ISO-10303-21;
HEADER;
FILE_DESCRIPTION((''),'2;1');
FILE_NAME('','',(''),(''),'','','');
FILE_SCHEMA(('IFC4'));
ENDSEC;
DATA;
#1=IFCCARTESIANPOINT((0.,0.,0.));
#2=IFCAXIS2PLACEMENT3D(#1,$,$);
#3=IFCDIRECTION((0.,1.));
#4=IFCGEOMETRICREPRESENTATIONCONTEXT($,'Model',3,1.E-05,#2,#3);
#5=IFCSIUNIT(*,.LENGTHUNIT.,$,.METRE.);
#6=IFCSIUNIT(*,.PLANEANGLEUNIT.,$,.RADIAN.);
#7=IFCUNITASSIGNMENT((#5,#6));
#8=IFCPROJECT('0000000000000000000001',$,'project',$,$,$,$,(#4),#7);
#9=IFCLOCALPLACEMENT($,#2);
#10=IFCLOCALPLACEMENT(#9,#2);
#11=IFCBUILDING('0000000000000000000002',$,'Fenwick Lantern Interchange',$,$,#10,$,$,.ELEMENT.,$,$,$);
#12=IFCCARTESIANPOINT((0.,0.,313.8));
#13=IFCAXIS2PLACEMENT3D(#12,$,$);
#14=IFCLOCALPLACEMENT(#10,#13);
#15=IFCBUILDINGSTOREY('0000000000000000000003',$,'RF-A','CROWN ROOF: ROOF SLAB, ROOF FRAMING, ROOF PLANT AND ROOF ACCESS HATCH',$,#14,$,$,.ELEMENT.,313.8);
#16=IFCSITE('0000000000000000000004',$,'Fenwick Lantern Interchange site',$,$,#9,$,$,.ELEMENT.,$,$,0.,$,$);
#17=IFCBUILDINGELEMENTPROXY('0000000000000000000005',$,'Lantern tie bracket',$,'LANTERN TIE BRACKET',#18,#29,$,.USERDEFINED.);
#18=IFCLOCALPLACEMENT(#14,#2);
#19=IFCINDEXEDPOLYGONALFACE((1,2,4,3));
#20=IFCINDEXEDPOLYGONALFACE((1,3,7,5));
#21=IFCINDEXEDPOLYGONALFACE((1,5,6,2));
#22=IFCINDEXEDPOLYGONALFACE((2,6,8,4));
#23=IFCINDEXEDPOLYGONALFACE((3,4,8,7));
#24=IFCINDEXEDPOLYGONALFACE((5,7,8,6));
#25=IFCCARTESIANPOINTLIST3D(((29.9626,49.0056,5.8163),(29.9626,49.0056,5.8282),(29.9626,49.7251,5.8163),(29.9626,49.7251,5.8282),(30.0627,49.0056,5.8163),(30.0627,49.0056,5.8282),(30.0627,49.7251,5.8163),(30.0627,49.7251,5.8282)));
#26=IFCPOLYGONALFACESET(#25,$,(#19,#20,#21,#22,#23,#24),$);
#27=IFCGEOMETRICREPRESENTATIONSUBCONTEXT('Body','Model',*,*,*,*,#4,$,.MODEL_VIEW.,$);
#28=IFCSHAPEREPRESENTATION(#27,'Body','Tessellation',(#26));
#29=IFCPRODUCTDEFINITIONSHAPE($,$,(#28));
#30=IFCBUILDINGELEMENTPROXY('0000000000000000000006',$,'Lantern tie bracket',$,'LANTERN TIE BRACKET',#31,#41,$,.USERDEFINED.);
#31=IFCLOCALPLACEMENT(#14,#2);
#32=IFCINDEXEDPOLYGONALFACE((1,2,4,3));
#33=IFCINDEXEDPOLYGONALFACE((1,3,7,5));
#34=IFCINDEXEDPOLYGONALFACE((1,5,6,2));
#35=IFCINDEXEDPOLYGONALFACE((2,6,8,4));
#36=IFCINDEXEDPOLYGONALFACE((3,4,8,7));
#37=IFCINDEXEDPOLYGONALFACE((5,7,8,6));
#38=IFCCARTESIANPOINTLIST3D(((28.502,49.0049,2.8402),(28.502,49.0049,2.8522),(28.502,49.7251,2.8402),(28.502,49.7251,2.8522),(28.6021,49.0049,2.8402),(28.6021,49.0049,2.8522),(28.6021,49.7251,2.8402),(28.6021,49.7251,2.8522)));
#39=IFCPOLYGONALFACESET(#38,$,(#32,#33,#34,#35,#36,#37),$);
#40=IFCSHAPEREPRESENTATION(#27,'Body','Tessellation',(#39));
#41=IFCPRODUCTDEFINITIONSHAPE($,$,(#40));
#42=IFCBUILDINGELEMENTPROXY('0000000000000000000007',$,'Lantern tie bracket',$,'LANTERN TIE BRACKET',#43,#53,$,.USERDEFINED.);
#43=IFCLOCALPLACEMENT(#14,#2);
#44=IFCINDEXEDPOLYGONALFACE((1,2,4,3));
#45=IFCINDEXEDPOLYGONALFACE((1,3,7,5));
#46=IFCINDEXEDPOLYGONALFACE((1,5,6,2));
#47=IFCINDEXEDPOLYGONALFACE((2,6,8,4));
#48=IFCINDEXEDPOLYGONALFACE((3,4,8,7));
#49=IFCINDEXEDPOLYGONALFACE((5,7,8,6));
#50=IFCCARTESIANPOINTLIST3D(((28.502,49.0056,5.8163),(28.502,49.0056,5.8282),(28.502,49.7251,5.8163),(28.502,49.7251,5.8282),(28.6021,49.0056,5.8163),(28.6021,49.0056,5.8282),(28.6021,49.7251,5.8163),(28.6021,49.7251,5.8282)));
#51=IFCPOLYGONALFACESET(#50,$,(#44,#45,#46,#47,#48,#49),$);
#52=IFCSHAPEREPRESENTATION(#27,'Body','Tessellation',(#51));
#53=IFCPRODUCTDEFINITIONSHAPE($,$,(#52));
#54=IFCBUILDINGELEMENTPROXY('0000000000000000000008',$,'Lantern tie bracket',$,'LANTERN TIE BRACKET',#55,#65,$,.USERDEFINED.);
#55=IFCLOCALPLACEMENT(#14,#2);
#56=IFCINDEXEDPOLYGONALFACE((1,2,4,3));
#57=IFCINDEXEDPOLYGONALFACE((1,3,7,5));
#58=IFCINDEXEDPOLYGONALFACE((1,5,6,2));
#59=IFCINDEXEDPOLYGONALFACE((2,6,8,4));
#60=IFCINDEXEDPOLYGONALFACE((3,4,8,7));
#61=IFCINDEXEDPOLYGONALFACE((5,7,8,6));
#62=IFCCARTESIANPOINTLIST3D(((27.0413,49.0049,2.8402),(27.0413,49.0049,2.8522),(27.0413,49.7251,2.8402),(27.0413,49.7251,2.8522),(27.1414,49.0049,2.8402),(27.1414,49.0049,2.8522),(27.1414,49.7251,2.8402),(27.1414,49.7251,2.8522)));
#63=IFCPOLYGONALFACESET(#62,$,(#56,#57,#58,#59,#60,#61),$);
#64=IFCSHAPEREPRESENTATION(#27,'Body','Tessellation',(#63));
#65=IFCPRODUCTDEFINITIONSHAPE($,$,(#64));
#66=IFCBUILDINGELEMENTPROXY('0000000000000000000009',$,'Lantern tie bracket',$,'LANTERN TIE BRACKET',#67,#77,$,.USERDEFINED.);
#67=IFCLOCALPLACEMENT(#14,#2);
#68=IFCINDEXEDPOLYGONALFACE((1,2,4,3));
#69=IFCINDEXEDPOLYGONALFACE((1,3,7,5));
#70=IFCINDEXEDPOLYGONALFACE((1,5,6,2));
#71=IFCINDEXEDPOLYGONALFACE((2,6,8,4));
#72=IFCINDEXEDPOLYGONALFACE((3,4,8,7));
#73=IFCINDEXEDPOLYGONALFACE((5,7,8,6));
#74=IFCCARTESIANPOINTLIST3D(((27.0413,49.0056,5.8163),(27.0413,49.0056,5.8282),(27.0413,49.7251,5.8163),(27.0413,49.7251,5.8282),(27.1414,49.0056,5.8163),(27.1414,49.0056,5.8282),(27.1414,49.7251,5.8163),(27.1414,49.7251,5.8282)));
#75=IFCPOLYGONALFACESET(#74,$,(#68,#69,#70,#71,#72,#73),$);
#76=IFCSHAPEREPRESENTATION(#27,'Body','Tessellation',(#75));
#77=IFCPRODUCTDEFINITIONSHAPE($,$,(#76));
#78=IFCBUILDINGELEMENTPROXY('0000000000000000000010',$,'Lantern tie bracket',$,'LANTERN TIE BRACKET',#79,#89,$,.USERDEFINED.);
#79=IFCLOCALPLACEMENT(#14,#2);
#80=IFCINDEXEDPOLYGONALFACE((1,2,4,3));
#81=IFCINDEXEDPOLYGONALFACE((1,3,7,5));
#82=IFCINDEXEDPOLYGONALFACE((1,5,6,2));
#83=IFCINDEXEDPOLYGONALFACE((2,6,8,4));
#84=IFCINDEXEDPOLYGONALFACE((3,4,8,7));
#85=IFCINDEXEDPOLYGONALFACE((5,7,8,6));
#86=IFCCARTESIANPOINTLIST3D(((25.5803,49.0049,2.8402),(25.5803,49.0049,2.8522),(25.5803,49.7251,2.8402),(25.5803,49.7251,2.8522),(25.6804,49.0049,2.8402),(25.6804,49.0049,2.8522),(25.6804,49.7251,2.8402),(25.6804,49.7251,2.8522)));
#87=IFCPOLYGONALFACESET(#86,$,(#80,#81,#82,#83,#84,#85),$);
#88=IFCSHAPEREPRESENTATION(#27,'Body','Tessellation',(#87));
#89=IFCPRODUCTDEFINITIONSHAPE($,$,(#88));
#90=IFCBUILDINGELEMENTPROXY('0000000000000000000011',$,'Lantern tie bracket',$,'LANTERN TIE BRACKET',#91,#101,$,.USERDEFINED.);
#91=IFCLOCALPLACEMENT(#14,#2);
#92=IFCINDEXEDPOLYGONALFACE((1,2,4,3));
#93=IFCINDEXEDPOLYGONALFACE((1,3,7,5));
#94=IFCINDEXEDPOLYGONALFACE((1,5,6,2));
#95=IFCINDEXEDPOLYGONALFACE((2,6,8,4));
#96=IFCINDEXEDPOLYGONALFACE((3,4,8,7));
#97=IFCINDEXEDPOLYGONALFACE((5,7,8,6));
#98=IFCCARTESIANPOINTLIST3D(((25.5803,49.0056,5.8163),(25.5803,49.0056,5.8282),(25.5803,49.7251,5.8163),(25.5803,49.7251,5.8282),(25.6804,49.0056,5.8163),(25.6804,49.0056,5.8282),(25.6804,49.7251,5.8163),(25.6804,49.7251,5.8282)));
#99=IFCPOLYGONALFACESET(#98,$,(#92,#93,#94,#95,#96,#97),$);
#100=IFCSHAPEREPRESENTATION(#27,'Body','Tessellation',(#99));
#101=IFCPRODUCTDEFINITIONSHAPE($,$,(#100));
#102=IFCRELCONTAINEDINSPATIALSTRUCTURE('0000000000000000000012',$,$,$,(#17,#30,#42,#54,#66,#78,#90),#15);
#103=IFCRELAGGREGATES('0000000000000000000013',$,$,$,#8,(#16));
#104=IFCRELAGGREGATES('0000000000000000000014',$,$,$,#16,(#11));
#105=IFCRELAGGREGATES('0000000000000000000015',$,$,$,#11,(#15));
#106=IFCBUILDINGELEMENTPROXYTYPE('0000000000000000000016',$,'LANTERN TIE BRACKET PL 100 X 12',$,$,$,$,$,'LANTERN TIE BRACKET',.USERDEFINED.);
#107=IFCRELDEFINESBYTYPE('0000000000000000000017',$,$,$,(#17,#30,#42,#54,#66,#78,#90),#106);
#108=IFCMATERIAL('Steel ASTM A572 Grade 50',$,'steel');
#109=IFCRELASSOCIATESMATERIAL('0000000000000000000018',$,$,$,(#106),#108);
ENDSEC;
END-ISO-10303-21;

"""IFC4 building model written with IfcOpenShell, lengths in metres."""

from ifc_helpers import new_model, si_unit, direction, frame, origin, origin_2d, place, context, subcontext, project, spatial, rectangle, extrude, material, material_profile, profile_set, type_object, element, save


model = new_model("IFC4")

# Units and contexts
model_context = context("Model", 3, precision=1e-05, world=origin(), true_north=direction((0.0, 1.0)))
body_context = subcontext(model_context, "Body", "Model", "MODEL_VIEW")
ifc_project = project(units=[si_unit("LENGTHUNIT", "METRE"), si_unit("PLANEANGLEUNIT", "RADIAN")], contexts=[model_context])

# Site, building, storey
site_placement = place(None, origin())
site = spatial("IfcSite", under=ifc_project, at=site_placement, Name="Fenwick Lantern Interchange site", CompositionType="ELEMENT", RefElevation=0.0)
building_placement = place(site_placement, origin())
building = spatial("IfcBuilding", under=site, at=building_placement, Name="Fenwick Lantern Interchange", CompositionType="ELEMENT")
storey_placement = place(building_placement, frame((0.0, 0.0, 313.8)))
storey = spatial("IfcBuildingStorey", under=building, at=storey_placement, Name="RF-A", Description="CROWN ROOF: ROOF SLAB, ROOF FRAMING, ROOF PLANT AND ROOF ACCESS HATCH", CompositionType="ELEMENT", Elevation=313.8)

# Building element proxies
ifc_material_1 = material(Name="Steel ASTM A572 Grade 50", Category="steel")
ifc_material_profile_1 = material_profile(ifc_material_1, rectangle(XDim=0.1001, YDim=0.012, at=origin_2d()), Name="PL100X12")
ifc_profile_set_1 = profile_set([ifc_material_profile_1], Name="Steel ASTM A572 Grade 50")
building_element_proxy_type = type_object("IfcBuildingElementProxyType", Name="LANTERN TIE BRACKET PL 100 X 12", ElementType="LANTERN TIE BRACKET", PredefinedType="USERDEFINED", material=ifc_profile_set_1)
proxy_1_placement = place(storey_placement, frame((30.0127, 49.7251, 5.8223), z_axis=(0.0, -1.0, 0.0), x_axis=(1.0, 0.0, 0.0)))
element("IfcBuildingElementProxy", 1, at=proxy_1_placement, inside=storey, type_object=building_element_proxy_type, Name="Lantern tie bracket", ObjectType="LANTERN TIE BRACKET", PredefinedType="USERDEFINED", context=body_context, shape_type="SweptSolid", body=[
    extrude(rectangle(XDim=0.1001, YDim=0.012, at=origin_2d()), origin(), (0.0, 0.0, 1.0), 0.7195),
])
proxy_2_placement = place(storey_placement, frame((28.552, 49.7251, 2.8462), z_axis=(0.0, -1.0, 0.0), x_axis=(1.0, 0.0, 0.0)))
element("IfcBuildingElementProxy", 2, at=proxy_2_placement, inside=storey, type_object=building_element_proxy_type, Name="Lantern tie bracket", ObjectType="LANTERN TIE BRACKET", PredefinedType="USERDEFINED", context=body_context, shape_type="SweptSolid", body=[
    extrude(rectangle(XDim=0.1001, YDim=0.012, at=origin_2d()), origin(), (0.0, 0.0, 1.0), 0.7202),
])
proxy_3_placement = place(storey_placement, frame((28.552, 49.7251, 5.8223), z_axis=(0.0, -1.0, 0.0), x_axis=(1.0, 0.0, 0.0)))
element("IfcBuildingElementProxy", 3, at=proxy_3_placement, inside=storey, type_object=building_element_proxy_type, Name="Lantern tie bracket", ObjectType="LANTERN TIE BRACKET", PredefinedType="USERDEFINED", context=body_context, shape_type="SweptSolid", body=[
    extrude(rectangle(XDim=0.1001, YDim=0.012, at=origin_2d()), origin(), (0.0, 0.0, 1.0), 0.7195),
])
proxy_4_placement = place(storey_placement, frame((27.0913, 49.7251, 2.8462), z_axis=(0.0, -1.0, 0.0), x_axis=(1.0, 0.0, 0.0)))
element("IfcBuildingElementProxy", 4, at=proxy_4_placement, inside=storey, type_object=building_element_proxy_type, Name="Lantern tie bracket", ObjectType="LANTERN TIE BRACKET", PredefinedType="USERDEFINED", context=body_context, shape_type="SweptSolid", body=[
    extrude(rectangle(XDim=0.1001, YDim=0.012, at=origin_2d()), origin(), (0.0, 0.0, 1.0), 0.7202),
])
proxy_5_placement = place(storey_placement, frame((27.0913, 49.7251, 5.8223), z_axis=(0.0, -1.0, 0.0), x_axis=(1.0, 0.0, 0.0)))
element("IfcBuildingElementProxy", 5, at=proxy_5_placement, inside=storey, type_object=building_element_proxy_type, Name="Lantern tie bracket", ObjectType="LANTERN TIE BRACKET", PredefinedType="USERDEFINED", context=body_context, shape_type="SweptSolid", body=[
    extrude(rectangle(XDim=0.1001, YDim=0.012, at=origin_2d()), origin(), (0.0, 0.0, 1.0), 0.7195),
])
proxy_6_placement = place(storey_placement, frame((25.6304, 49.7251, 2.8462), z_axis=(0.0, -1.0, 0.0), x_axis=(1.0, 0.0, 0.0)))
element("IfcBuildingElementProxy", 6, at=proxy_6_placement, inside=storey, type_object=building_element_proxy_type, Name="Lantern tie bracket", ObjectType="LANTERN TIE BRACKET", PredefinedType="USERDEFINED", context=body_context, shape_type="SweptSolid", body=[
    extrude(rectangle(XDim=0.1001, YDim=0.012, at=origin_2d()), origin(), (0.0, 0.0, 1.0), 0.7202),
])
proxy_7_placement = place(storey_placement, frame((25.6304, 49.7251, 5.8223), z_axis=(0.0, -1.0, 0.0), x_axis=(1.0, 0.0, 0.0)))
element("IfcBuildingElementProxy", 7, at=proxy_7_placement, inside=storey, type_object=building_element_proxy_type, Name="Lantern tie bracket", ObjectType="LANTERN TIE BRACKET", PredefinedType="USERDEFINED", context=body_context, shape_type="SweptSolid", body=[
    extrude(rectangle(XDim=0.1001, YDim=0.012, at=origin_2d()), origin(), (0.0, 0.0, 1.0), 0.7195),
])

save(model, "model.ifc")
